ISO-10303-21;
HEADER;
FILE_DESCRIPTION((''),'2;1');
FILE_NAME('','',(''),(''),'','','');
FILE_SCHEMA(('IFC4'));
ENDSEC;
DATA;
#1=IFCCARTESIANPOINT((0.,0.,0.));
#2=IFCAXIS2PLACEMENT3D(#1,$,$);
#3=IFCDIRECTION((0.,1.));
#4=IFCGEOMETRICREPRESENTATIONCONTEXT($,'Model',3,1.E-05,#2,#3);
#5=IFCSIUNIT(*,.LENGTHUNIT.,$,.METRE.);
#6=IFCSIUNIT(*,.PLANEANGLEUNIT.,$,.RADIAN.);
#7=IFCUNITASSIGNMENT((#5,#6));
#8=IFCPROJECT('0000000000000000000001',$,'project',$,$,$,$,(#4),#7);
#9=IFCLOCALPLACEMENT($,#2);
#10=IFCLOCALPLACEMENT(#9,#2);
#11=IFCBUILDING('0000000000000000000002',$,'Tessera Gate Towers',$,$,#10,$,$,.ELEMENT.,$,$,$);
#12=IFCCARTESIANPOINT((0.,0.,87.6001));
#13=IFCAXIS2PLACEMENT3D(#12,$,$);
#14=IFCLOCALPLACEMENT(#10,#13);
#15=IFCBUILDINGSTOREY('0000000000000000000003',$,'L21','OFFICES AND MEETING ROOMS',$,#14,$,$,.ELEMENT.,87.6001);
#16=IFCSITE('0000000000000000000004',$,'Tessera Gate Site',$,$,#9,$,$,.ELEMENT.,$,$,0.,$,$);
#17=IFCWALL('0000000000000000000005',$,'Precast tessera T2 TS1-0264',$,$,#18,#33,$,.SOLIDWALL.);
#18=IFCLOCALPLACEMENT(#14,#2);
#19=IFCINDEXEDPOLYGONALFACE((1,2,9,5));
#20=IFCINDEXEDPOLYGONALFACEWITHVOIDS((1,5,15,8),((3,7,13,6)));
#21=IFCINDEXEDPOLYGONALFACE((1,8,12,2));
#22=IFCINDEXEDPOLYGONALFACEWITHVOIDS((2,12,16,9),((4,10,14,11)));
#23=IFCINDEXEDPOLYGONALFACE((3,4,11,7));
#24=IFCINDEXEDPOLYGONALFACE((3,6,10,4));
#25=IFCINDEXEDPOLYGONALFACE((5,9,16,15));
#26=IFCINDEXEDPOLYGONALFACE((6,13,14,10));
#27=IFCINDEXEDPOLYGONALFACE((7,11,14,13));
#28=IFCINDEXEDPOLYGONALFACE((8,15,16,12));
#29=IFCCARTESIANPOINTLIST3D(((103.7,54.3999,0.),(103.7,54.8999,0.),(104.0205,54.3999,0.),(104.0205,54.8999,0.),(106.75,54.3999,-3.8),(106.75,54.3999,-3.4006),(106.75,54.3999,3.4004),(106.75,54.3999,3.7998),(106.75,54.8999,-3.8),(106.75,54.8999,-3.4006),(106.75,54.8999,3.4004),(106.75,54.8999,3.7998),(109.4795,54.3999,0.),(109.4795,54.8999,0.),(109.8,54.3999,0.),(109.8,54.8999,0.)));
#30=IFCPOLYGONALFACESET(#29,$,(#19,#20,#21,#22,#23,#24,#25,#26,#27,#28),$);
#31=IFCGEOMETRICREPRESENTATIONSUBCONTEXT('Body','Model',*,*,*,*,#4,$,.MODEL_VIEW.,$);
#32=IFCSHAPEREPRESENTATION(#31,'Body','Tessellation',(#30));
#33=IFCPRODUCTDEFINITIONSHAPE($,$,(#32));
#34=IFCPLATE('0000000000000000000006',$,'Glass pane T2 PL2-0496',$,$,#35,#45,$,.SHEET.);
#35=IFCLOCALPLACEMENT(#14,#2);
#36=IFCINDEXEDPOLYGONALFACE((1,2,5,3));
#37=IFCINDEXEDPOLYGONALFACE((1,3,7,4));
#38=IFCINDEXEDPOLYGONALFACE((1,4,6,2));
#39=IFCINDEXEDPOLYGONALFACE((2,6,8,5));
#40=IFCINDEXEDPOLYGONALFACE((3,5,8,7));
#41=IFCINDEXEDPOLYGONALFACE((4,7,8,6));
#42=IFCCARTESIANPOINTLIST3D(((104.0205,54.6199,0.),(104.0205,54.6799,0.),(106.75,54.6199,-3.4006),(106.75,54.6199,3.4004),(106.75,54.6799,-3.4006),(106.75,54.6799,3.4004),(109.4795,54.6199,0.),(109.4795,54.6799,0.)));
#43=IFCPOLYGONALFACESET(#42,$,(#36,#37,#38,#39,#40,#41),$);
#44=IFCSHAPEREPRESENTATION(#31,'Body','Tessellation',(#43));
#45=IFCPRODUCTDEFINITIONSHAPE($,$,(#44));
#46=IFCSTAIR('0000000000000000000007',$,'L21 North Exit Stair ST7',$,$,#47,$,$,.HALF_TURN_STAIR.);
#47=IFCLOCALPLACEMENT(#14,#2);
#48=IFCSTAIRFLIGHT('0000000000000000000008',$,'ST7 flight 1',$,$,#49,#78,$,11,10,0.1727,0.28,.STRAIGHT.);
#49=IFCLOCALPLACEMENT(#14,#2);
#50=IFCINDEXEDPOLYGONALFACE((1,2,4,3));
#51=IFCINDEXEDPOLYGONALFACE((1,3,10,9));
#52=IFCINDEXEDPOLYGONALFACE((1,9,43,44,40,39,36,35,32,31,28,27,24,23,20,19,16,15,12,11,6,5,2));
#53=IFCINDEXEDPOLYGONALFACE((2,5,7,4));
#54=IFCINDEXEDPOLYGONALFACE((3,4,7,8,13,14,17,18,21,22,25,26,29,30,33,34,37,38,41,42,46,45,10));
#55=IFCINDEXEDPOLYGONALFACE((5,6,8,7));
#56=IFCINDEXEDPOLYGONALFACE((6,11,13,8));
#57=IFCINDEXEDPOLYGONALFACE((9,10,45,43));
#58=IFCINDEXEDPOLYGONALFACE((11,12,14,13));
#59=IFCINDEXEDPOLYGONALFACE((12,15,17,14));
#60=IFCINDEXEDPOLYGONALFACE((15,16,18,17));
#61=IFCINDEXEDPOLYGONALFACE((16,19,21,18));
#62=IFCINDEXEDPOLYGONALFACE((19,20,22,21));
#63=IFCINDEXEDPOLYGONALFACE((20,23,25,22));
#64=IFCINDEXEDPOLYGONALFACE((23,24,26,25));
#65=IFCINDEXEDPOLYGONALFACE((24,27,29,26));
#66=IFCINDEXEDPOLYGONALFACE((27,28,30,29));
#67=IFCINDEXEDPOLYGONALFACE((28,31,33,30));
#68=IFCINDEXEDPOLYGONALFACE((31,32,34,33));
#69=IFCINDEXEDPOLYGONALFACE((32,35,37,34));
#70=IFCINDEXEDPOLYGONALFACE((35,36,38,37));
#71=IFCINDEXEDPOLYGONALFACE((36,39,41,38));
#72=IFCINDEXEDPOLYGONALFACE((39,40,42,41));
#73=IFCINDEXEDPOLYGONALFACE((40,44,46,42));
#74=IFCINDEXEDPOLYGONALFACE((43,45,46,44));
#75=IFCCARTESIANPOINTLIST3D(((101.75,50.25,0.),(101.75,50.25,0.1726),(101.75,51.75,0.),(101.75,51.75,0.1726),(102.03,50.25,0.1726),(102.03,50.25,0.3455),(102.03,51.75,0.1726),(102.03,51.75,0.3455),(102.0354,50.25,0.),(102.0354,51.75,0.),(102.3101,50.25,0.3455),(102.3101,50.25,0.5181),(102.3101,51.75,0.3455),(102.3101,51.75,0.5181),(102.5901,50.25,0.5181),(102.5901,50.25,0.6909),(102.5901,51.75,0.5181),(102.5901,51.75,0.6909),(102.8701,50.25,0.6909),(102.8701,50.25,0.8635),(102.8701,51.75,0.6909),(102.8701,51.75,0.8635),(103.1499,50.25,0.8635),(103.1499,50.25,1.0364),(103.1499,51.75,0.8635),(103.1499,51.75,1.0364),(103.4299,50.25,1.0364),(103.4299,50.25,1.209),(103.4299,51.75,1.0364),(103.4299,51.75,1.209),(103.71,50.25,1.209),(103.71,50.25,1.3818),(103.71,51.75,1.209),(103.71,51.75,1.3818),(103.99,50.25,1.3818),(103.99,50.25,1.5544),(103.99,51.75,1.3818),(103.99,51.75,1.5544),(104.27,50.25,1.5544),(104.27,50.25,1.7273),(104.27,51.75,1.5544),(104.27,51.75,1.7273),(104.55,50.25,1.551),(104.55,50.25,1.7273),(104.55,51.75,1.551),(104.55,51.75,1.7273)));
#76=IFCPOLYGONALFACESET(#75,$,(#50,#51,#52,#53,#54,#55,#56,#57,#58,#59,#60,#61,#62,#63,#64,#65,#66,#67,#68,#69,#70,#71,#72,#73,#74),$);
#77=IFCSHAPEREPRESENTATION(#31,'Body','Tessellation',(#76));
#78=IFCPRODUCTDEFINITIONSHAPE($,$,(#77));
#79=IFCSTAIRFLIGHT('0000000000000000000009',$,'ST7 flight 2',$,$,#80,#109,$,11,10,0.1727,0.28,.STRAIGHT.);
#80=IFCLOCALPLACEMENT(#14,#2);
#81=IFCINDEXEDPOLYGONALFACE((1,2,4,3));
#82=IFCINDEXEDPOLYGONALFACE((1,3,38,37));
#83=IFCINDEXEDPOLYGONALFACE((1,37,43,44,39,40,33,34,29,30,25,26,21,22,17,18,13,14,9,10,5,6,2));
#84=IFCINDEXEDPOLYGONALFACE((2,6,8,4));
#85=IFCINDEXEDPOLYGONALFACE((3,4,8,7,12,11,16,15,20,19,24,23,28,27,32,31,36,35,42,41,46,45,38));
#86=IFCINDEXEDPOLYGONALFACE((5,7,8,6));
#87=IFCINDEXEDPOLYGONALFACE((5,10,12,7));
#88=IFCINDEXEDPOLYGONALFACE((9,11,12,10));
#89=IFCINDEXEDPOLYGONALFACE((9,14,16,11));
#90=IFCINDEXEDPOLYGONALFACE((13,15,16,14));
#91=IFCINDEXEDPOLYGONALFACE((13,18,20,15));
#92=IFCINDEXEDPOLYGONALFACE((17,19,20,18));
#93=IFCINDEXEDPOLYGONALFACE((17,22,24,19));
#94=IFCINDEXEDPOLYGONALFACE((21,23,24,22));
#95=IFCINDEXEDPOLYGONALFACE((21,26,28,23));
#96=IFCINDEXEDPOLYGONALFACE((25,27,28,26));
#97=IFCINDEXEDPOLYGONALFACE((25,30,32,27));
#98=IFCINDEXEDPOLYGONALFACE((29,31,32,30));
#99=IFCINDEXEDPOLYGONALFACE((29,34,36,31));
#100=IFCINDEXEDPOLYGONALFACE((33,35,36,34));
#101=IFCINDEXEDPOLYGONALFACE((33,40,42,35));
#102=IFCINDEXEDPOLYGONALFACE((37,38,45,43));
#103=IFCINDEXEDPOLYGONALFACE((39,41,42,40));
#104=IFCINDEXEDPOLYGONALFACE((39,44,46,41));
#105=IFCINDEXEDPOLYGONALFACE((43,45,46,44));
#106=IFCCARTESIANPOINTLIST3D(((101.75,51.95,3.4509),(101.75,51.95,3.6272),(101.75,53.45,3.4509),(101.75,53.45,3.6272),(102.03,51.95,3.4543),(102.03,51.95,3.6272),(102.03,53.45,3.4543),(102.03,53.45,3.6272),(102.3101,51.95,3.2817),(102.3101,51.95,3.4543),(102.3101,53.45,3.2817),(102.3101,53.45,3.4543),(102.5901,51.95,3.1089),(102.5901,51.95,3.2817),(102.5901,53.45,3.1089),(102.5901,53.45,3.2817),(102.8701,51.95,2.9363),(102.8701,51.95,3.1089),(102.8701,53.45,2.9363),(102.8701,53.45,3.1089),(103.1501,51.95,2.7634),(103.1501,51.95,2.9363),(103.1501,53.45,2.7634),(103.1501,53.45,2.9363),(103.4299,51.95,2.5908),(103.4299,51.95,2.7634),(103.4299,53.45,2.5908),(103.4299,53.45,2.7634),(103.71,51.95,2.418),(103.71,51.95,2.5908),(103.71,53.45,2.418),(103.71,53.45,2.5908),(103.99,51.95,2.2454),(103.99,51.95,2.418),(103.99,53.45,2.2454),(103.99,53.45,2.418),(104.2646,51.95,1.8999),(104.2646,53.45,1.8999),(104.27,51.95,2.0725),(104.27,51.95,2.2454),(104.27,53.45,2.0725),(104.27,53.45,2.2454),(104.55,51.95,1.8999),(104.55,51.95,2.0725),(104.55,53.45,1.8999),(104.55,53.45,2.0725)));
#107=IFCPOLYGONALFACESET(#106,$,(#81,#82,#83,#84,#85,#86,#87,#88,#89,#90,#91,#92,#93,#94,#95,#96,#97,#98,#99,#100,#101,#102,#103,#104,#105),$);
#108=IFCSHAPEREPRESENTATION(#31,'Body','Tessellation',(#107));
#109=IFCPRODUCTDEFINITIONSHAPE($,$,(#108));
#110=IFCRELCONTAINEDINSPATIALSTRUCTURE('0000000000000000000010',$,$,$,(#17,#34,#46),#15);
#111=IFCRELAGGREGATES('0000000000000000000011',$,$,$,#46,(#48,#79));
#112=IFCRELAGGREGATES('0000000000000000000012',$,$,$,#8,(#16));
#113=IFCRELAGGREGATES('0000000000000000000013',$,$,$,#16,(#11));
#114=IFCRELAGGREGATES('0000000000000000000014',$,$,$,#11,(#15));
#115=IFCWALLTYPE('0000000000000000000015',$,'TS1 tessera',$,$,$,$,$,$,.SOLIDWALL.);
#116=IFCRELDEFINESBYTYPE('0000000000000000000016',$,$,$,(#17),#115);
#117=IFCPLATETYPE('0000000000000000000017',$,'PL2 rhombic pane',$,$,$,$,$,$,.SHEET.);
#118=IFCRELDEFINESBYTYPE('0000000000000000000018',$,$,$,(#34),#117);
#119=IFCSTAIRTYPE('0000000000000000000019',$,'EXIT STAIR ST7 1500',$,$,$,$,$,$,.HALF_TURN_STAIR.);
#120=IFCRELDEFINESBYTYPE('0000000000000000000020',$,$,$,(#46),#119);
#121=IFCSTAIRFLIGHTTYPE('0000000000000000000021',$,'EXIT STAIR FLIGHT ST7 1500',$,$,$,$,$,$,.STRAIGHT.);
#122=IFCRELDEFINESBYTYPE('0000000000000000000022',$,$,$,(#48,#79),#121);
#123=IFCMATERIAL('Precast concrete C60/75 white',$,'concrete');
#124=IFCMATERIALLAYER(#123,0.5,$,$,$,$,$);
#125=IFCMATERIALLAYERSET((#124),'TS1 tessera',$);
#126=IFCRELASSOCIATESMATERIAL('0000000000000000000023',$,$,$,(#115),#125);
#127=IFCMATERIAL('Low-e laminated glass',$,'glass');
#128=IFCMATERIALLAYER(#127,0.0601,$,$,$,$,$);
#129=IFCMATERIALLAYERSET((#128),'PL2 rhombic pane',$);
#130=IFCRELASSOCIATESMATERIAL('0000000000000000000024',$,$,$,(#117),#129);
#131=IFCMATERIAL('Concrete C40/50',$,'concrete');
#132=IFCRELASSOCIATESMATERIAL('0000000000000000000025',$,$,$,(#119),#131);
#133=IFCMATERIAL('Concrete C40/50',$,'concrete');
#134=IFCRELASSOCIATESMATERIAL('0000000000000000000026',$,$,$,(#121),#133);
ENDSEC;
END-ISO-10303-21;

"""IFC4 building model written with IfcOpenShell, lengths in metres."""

from ifc_helpers import new_model, si_unit, direction, frame, origin, place, context, subcontext, project, spatial, polyline, outline, extrude, source, transform, mapped, material, layer, layer_set, type_object, element, fill, aggregate, save


model = new_model("IFC4")

# Units and contexts
model_context = context("Model", 3, precision=1e-05, world=origin(), true_north=direction((0.0, 1.0)))
body_context = subcontext(model_context, "Body", "Model", "MODEL_VIEW")
ifc_project = project(units=[si_unit("LENGTHUNIT", "METRE"), si_unit("PLANEANGLEUNIT", "RADIAN")], contexts=[model_context])

# Site, building, storey
site_placement = place(None, origin())
site = spatial("IfcSite", under=ifc_project, at=site_placement, Name="Tessera Gate Site", CompositionType="ELEMENT", RefElevation=0.0)
building_placement = place(site_placement, origin())
building = spatial("IfcBuilding", under=site, at=building_placement, Name="Tessera Gate Towers", CompositionType="ELEMENT")
storey_placement = place(building_placement, frame((0.0, 0.0, 87.6001)))
storey = spatial("IfcBuildingStorey", under=building, at=storey_placement, Name="L21", Description="OFFICES AND MEETING ROOMS", CompositionType="ELEMENT", Elevation=87.6001)

# Wall, opening, plate
ifc_material_1 = material(Name="Precast concrete C60/75 white", Category="concrete")
ifc_layer_1 = layer(ifc_material_1, 0.5)
ifc_layer_set_1 = layer_set([ifc_layer_1], Name="TS1 tessera")
wall_type_1 = type_object("IfcWallType", Name="TS1 tessera", PredefinedType="SOLIDWALL", material=ifc_layer_set_1)
shared_shape_1 = source(origin(), body_context, "Body", "SweptSolid", [
    extrude(outline(polyline([(3.05, 0.0), (6.1001, 3.8), (3.05, 7.5999), (0.0, 3.8), (3.05, 0.0)])), frame((0.0, 0.25, 0.0), z_axis=(0.0, -1.0, 0.0), x_axis=(1.0, 0.0, 0.0)), (0.0, 0.0, 1.0), 0.5),
])
wall_1_placement = place(storey_placement, frame((109.8, 54.6499, -3.8), z_axis=(0.0, 0.0, 1.0), x_axis=(-1.0, 0.0, 0.0)))
wall_1 = element("IfcWall", 1, at=wall_1_placement, inside=storey, type_object=wall_type_1, Name="Precast tessera T2 TS1-0264", PredefinedType="SOLIDWALL", context=body_context, shape_type="MappedRepresentation", body=[
    mapped(shared_shape_1, transform((0.0, 0.0, 0.0), scale=1.0)),
])
shared_shape_2 = source(origin(), body_context, "Body", "SweptSolid", [
    extrude(outline(polyline([(3.05, 0.3994), (5.7795, 3.8), (3.05, 7.2004), (0.3206, 3.8), (3.05, 0.3994)])), frame((0.0, 0.26, 0.0), z_axis=(0.0, -1.0, 0.0), x_axis=(1.0, 0.0, 0.0)), (0.0, 0.0, 1.0), 0.52),
])
opening_1_placement = place(wall_1_placement, origin())
opening_1 = element("IfcOpeningElement", 2, at=opening_1_placement, cuts=wall_1, PredefinedType="OPENING", context=body_context, shape_type="MappedRepresentation", body=[
    mapped(shared_shape_2, transform((0.0, 0.0, 0.0), scale=1.0)),
])
ifc_material_2 = material(Name="Low-e laminated glass", Category="glass")
ifc_layer_2 = layer(ifc_material_2, 0.0601)
ifc_layer_set_2 = layer_set([ifc_layer_2], Name="PL2 rhombic pane")
plate_type = type_object("IfcPlateType", Name="PL2 rhombic pane", PredefinedType="SHEET", material=ifc_layer_set_2)
shared_shape_3 = source(origin(), body_context, "Body", "SweptSolid", [
    extrude(outline(polyline([(3.05, 0.3994), (5.7795, 3.8), (3.05, 7.2004), (0.3206, 3.8), (3.05, 0.3994)])), frame((0.0, 0.03, 0.0), z_axis=(0.0, -1.0, 0.0), x_axis=(1.0, 0.0, 0.0)), (0.0, 0.0, 1.0), 0.0601),
])
plate_placement = place(opening_1_placement, origin())
plate = element("IfcPlate", 3, at=plate_placement, inside=storey, type_object=plate_type, Name="Glass pane T2 PL2-0496", PredefinedType="SHEET", context=body_context, shape_type="MappedRepresentation", body=[
    mapped(shared_shape_3, transform((0.0, 0.0, 0.0), scale=1.0)),
])
fill(opening_1, plate)

# Stair, stair flights
ifc_material_3 = material(Name="Concrete C40/50", Category="concrete")
stair_type = type_object("IfcStairType", Name="EXIT STAIR ST7 1500", PredefinedType="HALF_TURN_STAIR", material=ifc_material_3)
stair_placement = place(storey_placement, origin())
stair = element("IfcStair", 4, at=stair_placement, inside=storey, type_object=stair_type, Name="L21 North Exit Stair ST7", PredefinedType="HALF_TURN_STAIR")
ifc_material_4 = material(Name="Concrete C40/50", Category="concrete")
stair_flight_type = type_object("IfcStairFlightType", Name="EXIT STAIR FLIGHT ST7 1500", PredefinedType="STRAIGHT", material=ifc_material_4)
stair_flight_1_placement = place(storey_placement, frame((101.75, 51.0, 0.0), z_axis=(0.0, 0.0, 1.0), x_axis=(1.0, 0.0, 0.0)))
stair_flight_1 = element("IfcStairFlight", 5, at=stair_flight_1_placement, type_object=stair_flight_type, Name="ST7 flight 1", NumberOfRisers=11, NumberOfTreads=10, PredefinedType="STRAIGHT", RiserHeight=0.1727, TreadLength=0.28, context=body_context, shape_type="SweptSolid", body=[
    extrude(outline(polyline([(0.0, 0.0), (0.0, 0.1726), (0.28, 0.1726), (0.28, 0.3455), (0.5601, 0.3455), (0.5601, 0.5181), (0.8401, 0.5181), (0.8401, 0.6909), (1.1201, 0.6909), (1.1201, 0.8635), (1.3999, 0.8635), (1.3999, 1.0364), (1.6799, 1.0364), (1.6799, 1.209), (1.96, 1.209), (1.96, 1.3818), (2.24, 1.3818), (2.24, 1.5544), (2.52, 1.5544), (2.52, 1.7273), (2.8, 1.7273), (2.8, 1.8999), (2.8, 1.551), (0.2854, 0.0), (0.0, 0.0)])), frame((0.0, 0.75, 0.0), z_axis=(0.0, -1.0, 0.0), x_axis=(1.0, 0.0, 0.0)), (0.0, 0.0, 1.0), 1.5),
])
stair_flight_2_placement = place(storey_placement, frame((104.55, 52.7, 1.8999), z_axis=(0.0, 0.0, 1.0), x_axis=(-1.0, 0.0, 0.0)))
stair_flight_2 = element("IfcStairFlight", 6, at=stair_flight_2_placement, type_object=stair_flight_type, Name="ST7 flight 2", NumberOfRisers=11, NumberOfTreads=10, PredefinedType="STRAIGHT", RiserHeight=0.1727, TreadLength=0.28, context=body_context, shape_type="SweptSolid", body=[
    extrude(outline(polyline([(0.0, 0.0), (0.0, 0.1726), (0.28, 0.1726), (0.28, 0.3455), (0.5601, 0.3455), (0.5601, 0.5181), (0.8401, 0.5181), (0.8401, 0.6909), (1.1201, 0.6909), (1.1201, 0.8635), (1.3999, 0.8635), (1.3999, 1.0364), (1.6799, 1.0364), (1.6799, 1.209), (1.96, 1.209), (1.96, 1.3818), (2.24, 1.3818), (2.24, 1.5544), (2.52, 1.5544), (2.52, 1.7273), (2.8, 1.7273), (2.8, 1.8999), (2.8, 1.551), (0.2854, 0.0), (0.0, 0.0)])), frame((0.0, 0.75, 0.0), z_axis=(0.0, -1.0, 0.0), x_axis=(1.0, 0.0, 0.0)), (0.0, 0.0, 1.0), 1.5),
])
aggregate(stair, [stair_flight_1, stair_flight_2])

save(model, "model.ifc")
